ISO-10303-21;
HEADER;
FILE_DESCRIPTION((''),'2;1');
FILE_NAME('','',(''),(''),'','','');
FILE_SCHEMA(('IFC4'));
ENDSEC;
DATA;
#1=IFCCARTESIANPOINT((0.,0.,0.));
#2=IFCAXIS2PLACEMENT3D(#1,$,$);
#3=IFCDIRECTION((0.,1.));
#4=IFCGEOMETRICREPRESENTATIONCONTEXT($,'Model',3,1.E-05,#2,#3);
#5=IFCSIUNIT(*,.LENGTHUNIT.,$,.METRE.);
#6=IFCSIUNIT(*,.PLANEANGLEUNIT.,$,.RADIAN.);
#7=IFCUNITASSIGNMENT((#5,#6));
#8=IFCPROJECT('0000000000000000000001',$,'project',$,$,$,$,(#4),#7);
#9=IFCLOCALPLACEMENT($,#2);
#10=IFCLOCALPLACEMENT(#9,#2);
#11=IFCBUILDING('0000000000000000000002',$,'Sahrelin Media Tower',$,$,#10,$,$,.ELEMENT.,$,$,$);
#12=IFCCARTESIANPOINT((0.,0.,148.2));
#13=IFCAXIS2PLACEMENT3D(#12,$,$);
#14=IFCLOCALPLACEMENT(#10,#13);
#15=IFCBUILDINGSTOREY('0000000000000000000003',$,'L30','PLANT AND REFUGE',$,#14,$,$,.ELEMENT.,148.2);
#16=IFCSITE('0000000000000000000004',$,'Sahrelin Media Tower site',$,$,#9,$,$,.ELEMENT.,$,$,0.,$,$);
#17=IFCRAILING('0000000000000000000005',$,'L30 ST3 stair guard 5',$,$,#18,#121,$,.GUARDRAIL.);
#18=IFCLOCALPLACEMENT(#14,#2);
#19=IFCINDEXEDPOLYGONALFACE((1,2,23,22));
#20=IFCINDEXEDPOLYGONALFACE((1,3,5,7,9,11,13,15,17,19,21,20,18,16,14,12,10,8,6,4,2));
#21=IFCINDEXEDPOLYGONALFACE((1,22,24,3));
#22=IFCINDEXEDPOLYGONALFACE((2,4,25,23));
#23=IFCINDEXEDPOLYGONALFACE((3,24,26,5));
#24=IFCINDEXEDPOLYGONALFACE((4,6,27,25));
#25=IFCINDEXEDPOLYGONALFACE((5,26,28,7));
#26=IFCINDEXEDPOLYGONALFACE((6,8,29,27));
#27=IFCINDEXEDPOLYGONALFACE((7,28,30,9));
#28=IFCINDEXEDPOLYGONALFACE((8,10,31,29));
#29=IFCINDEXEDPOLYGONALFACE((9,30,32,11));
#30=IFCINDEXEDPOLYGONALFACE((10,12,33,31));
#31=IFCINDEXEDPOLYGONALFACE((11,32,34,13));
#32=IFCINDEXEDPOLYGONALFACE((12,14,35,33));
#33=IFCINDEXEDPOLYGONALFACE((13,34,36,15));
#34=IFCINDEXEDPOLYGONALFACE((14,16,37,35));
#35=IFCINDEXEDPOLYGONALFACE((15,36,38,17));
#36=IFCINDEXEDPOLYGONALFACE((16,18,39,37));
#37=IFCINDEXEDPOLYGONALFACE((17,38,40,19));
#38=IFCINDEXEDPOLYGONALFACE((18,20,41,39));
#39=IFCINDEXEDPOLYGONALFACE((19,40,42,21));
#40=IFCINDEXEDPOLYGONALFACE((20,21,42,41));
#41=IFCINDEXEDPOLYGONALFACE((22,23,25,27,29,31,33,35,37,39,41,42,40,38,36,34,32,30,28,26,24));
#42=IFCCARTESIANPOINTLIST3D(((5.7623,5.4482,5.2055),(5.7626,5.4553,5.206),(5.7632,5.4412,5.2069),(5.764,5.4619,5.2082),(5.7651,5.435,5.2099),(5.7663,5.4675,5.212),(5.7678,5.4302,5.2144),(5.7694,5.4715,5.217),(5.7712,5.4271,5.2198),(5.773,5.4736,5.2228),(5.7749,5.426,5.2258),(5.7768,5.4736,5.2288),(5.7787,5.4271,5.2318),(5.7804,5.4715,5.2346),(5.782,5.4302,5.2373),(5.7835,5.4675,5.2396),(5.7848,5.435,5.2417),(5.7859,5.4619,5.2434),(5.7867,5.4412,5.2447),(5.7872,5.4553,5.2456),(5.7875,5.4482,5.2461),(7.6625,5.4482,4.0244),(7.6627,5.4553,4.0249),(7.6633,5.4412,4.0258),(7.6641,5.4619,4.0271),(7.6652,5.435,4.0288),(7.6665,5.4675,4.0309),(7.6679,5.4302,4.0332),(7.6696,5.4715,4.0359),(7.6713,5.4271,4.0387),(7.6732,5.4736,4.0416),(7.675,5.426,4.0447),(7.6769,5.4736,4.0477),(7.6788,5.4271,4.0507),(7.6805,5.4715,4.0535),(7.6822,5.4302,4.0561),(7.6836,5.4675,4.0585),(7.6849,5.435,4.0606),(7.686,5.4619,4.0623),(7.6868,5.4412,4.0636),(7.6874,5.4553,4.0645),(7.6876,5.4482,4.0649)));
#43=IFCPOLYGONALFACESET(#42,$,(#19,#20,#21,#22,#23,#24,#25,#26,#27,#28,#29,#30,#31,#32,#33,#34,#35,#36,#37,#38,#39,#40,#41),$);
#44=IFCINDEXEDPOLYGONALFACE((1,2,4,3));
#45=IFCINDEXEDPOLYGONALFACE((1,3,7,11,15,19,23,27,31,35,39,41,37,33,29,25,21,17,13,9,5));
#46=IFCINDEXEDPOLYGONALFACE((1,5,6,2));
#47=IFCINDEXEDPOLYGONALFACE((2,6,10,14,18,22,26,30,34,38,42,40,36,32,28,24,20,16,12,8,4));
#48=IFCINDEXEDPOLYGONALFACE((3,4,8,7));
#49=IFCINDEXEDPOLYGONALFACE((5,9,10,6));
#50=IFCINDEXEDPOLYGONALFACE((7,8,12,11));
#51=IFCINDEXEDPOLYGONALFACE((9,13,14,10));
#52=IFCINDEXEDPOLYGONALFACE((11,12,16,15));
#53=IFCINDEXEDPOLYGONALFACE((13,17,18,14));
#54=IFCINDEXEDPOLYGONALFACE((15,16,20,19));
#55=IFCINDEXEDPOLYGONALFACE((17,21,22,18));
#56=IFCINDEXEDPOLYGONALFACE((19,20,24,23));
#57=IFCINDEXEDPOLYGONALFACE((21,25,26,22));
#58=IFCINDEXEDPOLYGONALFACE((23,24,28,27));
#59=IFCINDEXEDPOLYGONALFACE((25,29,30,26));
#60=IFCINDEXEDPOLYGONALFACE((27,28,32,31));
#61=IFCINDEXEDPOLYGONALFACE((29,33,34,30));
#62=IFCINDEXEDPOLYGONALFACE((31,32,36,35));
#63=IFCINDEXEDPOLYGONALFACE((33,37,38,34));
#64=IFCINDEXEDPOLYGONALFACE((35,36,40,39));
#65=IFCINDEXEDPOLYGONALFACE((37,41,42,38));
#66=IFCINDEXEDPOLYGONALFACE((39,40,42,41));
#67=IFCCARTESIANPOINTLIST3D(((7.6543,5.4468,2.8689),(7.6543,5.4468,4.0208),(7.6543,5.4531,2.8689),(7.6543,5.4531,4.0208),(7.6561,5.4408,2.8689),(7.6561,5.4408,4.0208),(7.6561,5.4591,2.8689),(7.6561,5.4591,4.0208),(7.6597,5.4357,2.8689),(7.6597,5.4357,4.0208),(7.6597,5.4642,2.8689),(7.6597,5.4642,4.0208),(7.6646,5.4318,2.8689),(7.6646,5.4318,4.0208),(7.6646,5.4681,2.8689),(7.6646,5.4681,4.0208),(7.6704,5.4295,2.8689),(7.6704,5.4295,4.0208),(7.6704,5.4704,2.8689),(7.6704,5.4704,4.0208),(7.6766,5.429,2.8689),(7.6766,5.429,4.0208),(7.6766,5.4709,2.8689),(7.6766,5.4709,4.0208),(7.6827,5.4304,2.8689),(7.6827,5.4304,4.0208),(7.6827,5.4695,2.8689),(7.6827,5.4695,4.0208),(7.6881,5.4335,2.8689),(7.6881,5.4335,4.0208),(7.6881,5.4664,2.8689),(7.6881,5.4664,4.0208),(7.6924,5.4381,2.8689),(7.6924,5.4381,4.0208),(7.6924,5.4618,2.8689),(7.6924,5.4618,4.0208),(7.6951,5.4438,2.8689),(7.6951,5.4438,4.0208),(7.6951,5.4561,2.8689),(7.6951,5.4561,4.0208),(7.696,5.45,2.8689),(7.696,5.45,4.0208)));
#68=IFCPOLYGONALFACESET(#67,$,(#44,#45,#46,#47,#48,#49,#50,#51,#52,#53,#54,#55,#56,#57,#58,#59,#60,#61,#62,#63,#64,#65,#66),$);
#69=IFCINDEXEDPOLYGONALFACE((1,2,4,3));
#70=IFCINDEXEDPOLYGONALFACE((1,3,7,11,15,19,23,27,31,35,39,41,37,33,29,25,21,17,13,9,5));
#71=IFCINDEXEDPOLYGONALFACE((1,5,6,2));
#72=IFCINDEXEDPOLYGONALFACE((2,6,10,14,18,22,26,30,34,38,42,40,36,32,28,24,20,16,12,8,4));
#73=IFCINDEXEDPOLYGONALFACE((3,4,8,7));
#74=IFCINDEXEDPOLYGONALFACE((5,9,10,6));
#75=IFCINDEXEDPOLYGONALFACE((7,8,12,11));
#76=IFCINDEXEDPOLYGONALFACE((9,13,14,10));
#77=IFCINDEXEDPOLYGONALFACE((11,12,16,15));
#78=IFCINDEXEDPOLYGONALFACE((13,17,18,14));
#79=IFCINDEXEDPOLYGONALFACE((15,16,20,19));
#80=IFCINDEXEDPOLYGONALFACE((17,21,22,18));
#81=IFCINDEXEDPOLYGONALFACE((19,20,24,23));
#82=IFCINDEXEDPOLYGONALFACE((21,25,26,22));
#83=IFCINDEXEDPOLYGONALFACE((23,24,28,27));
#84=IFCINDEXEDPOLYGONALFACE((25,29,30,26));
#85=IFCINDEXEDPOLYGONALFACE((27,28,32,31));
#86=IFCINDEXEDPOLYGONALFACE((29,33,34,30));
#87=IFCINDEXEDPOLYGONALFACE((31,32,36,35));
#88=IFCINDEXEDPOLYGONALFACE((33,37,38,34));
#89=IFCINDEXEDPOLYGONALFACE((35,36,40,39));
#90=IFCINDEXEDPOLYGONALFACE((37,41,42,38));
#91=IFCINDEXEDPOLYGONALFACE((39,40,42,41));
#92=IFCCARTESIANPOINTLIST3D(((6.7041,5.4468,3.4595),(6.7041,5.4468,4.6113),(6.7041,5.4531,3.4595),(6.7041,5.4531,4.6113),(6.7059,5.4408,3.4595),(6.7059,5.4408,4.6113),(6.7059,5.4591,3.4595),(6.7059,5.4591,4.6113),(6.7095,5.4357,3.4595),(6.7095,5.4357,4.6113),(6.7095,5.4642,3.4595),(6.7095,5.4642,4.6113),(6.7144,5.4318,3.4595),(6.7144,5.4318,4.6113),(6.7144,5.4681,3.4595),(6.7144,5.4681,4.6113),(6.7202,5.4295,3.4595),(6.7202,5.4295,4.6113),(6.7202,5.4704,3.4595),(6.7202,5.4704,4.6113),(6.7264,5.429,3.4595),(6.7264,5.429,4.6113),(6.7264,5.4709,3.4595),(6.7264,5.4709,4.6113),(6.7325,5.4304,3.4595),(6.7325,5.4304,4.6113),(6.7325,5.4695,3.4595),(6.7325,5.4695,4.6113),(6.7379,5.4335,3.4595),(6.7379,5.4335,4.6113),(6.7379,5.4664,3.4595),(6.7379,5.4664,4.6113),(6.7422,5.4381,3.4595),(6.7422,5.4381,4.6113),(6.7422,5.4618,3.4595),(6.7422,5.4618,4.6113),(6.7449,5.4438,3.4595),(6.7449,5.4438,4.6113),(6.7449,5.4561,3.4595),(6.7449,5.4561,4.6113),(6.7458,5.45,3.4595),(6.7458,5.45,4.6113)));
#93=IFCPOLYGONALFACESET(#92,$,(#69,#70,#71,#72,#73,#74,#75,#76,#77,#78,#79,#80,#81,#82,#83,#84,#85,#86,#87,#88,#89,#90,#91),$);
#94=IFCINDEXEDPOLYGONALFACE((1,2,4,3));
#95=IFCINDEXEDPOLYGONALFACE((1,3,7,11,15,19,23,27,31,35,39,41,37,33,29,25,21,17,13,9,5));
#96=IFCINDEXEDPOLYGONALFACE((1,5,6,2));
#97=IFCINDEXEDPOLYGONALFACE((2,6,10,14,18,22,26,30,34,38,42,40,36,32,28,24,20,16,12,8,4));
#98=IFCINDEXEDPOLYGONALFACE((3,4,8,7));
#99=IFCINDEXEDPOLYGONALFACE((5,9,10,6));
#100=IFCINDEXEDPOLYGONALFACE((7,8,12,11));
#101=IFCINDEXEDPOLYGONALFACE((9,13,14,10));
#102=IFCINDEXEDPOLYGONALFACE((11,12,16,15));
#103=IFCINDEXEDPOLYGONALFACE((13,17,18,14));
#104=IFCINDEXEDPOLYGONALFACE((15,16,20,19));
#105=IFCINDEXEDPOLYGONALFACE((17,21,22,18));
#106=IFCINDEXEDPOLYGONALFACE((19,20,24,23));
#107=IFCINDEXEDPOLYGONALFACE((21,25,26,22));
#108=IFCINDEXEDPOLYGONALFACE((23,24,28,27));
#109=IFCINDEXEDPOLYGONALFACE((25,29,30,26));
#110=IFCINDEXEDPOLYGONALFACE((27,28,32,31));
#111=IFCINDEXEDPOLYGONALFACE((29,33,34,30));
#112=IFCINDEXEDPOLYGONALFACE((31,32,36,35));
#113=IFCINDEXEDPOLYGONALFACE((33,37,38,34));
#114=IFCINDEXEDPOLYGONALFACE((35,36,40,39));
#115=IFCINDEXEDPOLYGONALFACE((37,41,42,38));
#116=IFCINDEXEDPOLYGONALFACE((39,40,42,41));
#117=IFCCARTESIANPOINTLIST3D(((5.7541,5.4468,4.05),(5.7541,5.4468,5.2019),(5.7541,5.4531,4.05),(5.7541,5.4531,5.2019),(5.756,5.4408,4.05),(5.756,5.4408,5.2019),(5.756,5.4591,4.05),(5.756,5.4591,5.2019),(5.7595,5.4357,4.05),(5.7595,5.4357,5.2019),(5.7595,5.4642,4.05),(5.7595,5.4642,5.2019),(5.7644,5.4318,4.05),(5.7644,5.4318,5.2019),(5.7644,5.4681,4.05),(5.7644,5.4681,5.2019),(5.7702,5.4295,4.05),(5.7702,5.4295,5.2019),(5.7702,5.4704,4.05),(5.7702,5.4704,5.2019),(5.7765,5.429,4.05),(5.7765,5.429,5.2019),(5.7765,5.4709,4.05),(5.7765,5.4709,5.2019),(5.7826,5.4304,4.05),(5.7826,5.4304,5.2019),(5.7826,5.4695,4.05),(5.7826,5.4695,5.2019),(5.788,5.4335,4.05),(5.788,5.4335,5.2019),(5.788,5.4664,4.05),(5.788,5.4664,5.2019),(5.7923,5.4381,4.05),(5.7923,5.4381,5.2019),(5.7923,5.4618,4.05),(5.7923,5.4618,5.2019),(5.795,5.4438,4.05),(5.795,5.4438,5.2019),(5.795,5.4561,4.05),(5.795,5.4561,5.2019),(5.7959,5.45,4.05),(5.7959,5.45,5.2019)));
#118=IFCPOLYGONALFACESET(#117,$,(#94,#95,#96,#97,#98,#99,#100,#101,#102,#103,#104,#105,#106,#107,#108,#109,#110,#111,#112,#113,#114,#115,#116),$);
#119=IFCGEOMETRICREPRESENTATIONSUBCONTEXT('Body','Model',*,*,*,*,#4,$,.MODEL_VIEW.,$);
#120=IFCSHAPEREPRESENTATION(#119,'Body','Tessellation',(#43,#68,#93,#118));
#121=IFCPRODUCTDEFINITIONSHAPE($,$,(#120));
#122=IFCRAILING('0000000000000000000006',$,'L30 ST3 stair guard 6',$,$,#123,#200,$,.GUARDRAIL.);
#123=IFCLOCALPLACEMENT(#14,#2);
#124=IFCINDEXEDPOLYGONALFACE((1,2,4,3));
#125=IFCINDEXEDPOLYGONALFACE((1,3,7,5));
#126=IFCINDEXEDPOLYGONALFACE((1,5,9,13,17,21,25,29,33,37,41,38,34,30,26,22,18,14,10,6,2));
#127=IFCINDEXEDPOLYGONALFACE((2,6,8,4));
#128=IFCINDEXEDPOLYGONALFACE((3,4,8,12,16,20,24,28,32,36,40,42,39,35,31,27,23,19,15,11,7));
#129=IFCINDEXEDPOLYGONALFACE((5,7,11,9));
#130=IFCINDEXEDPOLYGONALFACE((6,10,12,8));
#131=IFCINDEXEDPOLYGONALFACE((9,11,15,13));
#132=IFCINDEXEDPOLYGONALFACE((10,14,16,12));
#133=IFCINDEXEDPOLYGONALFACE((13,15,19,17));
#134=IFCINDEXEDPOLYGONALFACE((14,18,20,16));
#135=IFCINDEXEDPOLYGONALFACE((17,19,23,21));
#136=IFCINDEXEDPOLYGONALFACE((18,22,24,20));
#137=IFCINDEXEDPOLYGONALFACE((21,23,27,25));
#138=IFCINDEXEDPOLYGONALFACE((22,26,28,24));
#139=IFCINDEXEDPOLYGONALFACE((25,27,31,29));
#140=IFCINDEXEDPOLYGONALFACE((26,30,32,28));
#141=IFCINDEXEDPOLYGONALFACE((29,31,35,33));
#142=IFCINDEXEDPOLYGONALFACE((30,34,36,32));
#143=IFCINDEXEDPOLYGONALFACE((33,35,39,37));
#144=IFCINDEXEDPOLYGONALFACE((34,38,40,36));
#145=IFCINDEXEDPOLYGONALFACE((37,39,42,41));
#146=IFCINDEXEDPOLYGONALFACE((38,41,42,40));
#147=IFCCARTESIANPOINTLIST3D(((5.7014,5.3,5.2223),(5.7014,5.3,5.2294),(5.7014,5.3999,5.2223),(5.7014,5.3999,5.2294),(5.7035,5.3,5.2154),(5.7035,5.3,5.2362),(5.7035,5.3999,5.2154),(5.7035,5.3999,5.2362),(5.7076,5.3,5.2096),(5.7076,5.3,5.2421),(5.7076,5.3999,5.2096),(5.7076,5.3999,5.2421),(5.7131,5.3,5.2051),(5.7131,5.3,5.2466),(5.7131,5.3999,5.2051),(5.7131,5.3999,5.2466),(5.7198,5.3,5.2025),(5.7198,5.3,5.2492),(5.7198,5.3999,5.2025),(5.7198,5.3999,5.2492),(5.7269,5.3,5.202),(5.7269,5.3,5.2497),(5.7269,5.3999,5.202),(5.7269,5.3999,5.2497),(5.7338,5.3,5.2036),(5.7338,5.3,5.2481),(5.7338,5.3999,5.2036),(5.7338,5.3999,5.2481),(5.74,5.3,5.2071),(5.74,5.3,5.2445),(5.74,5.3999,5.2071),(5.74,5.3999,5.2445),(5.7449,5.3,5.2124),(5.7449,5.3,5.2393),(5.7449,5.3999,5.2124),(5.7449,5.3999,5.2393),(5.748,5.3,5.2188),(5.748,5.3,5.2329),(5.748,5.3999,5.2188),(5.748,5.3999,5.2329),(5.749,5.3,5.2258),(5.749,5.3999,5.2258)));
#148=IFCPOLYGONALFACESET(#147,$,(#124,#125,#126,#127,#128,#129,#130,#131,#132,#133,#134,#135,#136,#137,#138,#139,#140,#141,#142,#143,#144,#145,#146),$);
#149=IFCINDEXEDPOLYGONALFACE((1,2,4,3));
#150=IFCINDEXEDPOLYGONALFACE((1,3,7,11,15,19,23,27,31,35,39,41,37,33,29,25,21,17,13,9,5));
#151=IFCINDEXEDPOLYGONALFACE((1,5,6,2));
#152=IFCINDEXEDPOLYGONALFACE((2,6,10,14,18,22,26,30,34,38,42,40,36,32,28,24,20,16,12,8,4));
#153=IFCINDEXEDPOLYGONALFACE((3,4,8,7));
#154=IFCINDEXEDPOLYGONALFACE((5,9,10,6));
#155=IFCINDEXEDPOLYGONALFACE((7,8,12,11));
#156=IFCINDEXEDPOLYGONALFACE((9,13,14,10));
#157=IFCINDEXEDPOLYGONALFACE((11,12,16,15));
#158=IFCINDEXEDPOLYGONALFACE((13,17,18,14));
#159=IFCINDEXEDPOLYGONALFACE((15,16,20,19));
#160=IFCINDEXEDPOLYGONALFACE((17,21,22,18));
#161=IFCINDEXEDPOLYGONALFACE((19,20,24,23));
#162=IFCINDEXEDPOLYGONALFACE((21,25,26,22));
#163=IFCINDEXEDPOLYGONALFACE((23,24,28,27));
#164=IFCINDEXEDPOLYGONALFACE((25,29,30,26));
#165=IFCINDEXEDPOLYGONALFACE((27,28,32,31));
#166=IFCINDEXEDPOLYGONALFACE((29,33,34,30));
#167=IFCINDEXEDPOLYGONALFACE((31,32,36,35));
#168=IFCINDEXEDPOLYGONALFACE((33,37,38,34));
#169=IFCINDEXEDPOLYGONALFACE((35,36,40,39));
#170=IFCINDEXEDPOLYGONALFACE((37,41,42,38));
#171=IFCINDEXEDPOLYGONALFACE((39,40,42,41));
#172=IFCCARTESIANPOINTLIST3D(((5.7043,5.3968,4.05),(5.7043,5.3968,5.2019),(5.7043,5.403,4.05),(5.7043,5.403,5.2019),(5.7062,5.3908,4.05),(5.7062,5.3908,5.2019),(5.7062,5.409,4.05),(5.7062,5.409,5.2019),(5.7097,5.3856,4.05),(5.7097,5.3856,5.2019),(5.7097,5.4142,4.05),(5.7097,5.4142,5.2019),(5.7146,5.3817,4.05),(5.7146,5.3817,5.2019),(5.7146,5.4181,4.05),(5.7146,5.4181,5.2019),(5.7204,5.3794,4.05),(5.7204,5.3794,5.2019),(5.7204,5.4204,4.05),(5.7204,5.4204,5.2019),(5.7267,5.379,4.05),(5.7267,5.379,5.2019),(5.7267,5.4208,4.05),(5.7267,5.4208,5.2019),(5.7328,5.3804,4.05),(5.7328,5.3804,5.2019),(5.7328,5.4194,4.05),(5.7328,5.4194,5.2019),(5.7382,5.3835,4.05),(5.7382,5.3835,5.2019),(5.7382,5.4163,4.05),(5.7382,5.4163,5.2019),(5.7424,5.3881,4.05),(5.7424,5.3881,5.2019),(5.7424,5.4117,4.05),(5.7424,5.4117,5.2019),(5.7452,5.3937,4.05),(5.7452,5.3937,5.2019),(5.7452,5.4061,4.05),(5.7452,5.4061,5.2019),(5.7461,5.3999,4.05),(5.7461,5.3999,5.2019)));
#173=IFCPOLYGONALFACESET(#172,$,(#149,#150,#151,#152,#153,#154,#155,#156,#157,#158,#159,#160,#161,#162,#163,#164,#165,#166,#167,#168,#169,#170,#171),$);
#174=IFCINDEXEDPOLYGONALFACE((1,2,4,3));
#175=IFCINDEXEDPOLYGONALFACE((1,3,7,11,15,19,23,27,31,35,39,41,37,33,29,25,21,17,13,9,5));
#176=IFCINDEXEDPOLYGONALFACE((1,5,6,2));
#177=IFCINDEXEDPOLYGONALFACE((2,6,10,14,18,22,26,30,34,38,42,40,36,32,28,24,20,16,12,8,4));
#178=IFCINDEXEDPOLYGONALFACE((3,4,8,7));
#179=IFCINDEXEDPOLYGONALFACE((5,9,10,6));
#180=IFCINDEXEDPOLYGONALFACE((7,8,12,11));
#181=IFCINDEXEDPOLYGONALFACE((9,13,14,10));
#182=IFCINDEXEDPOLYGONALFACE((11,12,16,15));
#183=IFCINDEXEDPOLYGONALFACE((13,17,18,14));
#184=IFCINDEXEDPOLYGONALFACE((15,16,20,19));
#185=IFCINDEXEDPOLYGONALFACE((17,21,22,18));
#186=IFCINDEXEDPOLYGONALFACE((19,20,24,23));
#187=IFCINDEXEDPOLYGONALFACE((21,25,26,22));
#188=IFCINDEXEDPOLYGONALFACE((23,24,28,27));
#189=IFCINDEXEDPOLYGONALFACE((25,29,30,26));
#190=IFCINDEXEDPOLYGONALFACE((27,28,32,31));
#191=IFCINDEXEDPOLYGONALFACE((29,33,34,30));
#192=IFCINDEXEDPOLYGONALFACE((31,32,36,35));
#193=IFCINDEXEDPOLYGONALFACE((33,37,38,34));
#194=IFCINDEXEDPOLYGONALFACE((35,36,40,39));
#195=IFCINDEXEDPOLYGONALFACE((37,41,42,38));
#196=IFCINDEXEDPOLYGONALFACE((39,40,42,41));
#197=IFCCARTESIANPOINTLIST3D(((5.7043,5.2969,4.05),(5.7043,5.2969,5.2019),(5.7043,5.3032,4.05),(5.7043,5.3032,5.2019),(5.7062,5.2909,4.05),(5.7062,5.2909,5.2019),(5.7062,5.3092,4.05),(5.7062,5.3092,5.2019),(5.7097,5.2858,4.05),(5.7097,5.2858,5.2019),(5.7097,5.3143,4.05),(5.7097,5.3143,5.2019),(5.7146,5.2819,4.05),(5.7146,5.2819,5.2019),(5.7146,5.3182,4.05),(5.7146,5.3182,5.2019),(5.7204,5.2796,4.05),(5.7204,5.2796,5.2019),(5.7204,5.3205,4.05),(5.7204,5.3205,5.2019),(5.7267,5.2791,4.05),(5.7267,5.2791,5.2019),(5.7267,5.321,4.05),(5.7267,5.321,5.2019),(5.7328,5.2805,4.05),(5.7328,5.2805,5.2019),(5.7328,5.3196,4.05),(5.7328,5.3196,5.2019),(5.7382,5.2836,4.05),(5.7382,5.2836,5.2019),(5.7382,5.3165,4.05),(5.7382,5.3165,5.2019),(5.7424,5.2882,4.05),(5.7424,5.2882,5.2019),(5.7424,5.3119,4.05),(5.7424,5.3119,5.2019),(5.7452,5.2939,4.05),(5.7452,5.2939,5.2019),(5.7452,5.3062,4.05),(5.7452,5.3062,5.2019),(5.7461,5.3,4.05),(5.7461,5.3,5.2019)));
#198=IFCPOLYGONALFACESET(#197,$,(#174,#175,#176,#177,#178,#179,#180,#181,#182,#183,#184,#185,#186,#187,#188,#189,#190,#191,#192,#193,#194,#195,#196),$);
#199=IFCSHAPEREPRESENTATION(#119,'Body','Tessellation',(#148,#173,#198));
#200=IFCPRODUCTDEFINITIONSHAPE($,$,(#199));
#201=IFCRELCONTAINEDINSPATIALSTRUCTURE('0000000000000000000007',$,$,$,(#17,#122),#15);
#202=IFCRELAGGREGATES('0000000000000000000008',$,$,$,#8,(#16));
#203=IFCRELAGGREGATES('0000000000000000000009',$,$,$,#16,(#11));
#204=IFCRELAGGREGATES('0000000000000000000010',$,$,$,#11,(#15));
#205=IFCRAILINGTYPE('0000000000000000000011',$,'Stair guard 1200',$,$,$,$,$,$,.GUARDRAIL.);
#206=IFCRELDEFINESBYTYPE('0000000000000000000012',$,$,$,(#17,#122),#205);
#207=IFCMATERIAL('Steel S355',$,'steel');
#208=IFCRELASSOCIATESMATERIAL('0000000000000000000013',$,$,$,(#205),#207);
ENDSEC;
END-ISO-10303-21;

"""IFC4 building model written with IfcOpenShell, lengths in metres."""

from ifc_helpers import new_model, si_unit, direction, frame, origin, origin_2d, place, context, subcontext, project, spatial, circle, extrude, material, type_object, element, save


model = new_model("IFC4")

# Units and contexts
model_context = context("Model", 3, precision=1e-05, world=origin(), true_north=direction((0.0, 1.0)))
body_context = subcontext(model_context, "Body", "Model", "MODEL_VIEW")
ifc_project = project(units=[si_unit("LENGTHUNIT", "METRE"), si_unit("PLANEANGLEUNIT", "RADIAN")], contexts=[model_context])

# Site, building, storey
site_placement = place(None, origin())
site = spatial("IfcSite", under=ifc_project, at=site_placement, Name="Sahrelin Media Tower site", CompositionType="ELEMENT", RefElevation=0.0)
building_placement = place(site_placement, origin())
building = spatial("IfcBuilding", under=site, at=building_placement, Name="Sahrelin Media Tower", CompositionType="ELEMENT")
storey_placement = place(building_placement, frame((0.0, 0.0, 148.2)))
storey = spatial("IfcBuildingStorey", under=building, at=storey_placement, Name="L30", Description="PLANT AND REFUGE", CompositionType="ELEMENT", Elevation=148.2)

# Shared definitions
ifc_material_1 = material(Name="Steel S355", Category="steel")

# Railings
railing_type_1 = type_object("IfcRailingType", Name="Stair guard 1200", PredefinedType="GUARDRAIL", material=ifc_material_1)
railing_1_placement = place(storey_placement, frame((7.675, 5.45, 2.8689)))
element("IfcRailing", 1, at=railing_1_placement, inside=storey, type_object=railing_type_1, Name="L30 ST3 stair guard 5", PredefinedType="GUARDRAIL", context=body_context, shape_type="SweptSolid", body=[
    extrude(circle(Radius=0.0239, at=origin_2d()), frame((0.0, 0.0, 1.1758), z_axis=(-0.849289, 0.0, 0.527928), x_axis=(0.0, -1.0, 0.0)), (0.0, 0.0, 1.0), 2.2373),
    extrude(circle(Radius=0.021, at=origin_2d()), origin(), (0.0, 0.0, 1.0), 1.1519),
    extrude(circle(Radius=0.021, at=origin_2d()), frame((-0.9502, 0.0, 0.5906)), (0.0, 0.0, 1.0), 1.1519),
    extrude(circle(Radius=0.021, at=origin_2d()), frame((-1.9001, 0.0, 1.1812)), (0.0, 0.0, 1.0), 1.1519),
])
for number, where, name in (
    (2, (5.7251, 5.3999, 4.05), "L30 ST3 stair guard 6"),
):
    element("IfcRailing", number, at=place(storey_placement, frame(where)), inside=storey, type_object=railing_type_1, Name=name, PredefinedType="GUARDRAIL", context=body_context, shape_type="SweptSolid", body=[
        extrude(circle(Radius=0.0239, at=origin_2d()), frame((0.0, 0.0, 1.1758), z_axis=(0.0, -1.0, 0.0), x_axis=(1.0, 0.0, 0.0)), (0.0, 0.0, 1.0), 0.0999),
        extrude(circle(Radius=0.021, at=origin_2d()), origin(), (0.0, 0.0, 1.0), 1.1519),
        extrude(circle(Radius=0.021, at=origin_2d()), frame((0.0, -0.0999, 0.0)), (0.0, 0.0, 1.0), 1.1519),
    ])

save(model, "model.ifc")
